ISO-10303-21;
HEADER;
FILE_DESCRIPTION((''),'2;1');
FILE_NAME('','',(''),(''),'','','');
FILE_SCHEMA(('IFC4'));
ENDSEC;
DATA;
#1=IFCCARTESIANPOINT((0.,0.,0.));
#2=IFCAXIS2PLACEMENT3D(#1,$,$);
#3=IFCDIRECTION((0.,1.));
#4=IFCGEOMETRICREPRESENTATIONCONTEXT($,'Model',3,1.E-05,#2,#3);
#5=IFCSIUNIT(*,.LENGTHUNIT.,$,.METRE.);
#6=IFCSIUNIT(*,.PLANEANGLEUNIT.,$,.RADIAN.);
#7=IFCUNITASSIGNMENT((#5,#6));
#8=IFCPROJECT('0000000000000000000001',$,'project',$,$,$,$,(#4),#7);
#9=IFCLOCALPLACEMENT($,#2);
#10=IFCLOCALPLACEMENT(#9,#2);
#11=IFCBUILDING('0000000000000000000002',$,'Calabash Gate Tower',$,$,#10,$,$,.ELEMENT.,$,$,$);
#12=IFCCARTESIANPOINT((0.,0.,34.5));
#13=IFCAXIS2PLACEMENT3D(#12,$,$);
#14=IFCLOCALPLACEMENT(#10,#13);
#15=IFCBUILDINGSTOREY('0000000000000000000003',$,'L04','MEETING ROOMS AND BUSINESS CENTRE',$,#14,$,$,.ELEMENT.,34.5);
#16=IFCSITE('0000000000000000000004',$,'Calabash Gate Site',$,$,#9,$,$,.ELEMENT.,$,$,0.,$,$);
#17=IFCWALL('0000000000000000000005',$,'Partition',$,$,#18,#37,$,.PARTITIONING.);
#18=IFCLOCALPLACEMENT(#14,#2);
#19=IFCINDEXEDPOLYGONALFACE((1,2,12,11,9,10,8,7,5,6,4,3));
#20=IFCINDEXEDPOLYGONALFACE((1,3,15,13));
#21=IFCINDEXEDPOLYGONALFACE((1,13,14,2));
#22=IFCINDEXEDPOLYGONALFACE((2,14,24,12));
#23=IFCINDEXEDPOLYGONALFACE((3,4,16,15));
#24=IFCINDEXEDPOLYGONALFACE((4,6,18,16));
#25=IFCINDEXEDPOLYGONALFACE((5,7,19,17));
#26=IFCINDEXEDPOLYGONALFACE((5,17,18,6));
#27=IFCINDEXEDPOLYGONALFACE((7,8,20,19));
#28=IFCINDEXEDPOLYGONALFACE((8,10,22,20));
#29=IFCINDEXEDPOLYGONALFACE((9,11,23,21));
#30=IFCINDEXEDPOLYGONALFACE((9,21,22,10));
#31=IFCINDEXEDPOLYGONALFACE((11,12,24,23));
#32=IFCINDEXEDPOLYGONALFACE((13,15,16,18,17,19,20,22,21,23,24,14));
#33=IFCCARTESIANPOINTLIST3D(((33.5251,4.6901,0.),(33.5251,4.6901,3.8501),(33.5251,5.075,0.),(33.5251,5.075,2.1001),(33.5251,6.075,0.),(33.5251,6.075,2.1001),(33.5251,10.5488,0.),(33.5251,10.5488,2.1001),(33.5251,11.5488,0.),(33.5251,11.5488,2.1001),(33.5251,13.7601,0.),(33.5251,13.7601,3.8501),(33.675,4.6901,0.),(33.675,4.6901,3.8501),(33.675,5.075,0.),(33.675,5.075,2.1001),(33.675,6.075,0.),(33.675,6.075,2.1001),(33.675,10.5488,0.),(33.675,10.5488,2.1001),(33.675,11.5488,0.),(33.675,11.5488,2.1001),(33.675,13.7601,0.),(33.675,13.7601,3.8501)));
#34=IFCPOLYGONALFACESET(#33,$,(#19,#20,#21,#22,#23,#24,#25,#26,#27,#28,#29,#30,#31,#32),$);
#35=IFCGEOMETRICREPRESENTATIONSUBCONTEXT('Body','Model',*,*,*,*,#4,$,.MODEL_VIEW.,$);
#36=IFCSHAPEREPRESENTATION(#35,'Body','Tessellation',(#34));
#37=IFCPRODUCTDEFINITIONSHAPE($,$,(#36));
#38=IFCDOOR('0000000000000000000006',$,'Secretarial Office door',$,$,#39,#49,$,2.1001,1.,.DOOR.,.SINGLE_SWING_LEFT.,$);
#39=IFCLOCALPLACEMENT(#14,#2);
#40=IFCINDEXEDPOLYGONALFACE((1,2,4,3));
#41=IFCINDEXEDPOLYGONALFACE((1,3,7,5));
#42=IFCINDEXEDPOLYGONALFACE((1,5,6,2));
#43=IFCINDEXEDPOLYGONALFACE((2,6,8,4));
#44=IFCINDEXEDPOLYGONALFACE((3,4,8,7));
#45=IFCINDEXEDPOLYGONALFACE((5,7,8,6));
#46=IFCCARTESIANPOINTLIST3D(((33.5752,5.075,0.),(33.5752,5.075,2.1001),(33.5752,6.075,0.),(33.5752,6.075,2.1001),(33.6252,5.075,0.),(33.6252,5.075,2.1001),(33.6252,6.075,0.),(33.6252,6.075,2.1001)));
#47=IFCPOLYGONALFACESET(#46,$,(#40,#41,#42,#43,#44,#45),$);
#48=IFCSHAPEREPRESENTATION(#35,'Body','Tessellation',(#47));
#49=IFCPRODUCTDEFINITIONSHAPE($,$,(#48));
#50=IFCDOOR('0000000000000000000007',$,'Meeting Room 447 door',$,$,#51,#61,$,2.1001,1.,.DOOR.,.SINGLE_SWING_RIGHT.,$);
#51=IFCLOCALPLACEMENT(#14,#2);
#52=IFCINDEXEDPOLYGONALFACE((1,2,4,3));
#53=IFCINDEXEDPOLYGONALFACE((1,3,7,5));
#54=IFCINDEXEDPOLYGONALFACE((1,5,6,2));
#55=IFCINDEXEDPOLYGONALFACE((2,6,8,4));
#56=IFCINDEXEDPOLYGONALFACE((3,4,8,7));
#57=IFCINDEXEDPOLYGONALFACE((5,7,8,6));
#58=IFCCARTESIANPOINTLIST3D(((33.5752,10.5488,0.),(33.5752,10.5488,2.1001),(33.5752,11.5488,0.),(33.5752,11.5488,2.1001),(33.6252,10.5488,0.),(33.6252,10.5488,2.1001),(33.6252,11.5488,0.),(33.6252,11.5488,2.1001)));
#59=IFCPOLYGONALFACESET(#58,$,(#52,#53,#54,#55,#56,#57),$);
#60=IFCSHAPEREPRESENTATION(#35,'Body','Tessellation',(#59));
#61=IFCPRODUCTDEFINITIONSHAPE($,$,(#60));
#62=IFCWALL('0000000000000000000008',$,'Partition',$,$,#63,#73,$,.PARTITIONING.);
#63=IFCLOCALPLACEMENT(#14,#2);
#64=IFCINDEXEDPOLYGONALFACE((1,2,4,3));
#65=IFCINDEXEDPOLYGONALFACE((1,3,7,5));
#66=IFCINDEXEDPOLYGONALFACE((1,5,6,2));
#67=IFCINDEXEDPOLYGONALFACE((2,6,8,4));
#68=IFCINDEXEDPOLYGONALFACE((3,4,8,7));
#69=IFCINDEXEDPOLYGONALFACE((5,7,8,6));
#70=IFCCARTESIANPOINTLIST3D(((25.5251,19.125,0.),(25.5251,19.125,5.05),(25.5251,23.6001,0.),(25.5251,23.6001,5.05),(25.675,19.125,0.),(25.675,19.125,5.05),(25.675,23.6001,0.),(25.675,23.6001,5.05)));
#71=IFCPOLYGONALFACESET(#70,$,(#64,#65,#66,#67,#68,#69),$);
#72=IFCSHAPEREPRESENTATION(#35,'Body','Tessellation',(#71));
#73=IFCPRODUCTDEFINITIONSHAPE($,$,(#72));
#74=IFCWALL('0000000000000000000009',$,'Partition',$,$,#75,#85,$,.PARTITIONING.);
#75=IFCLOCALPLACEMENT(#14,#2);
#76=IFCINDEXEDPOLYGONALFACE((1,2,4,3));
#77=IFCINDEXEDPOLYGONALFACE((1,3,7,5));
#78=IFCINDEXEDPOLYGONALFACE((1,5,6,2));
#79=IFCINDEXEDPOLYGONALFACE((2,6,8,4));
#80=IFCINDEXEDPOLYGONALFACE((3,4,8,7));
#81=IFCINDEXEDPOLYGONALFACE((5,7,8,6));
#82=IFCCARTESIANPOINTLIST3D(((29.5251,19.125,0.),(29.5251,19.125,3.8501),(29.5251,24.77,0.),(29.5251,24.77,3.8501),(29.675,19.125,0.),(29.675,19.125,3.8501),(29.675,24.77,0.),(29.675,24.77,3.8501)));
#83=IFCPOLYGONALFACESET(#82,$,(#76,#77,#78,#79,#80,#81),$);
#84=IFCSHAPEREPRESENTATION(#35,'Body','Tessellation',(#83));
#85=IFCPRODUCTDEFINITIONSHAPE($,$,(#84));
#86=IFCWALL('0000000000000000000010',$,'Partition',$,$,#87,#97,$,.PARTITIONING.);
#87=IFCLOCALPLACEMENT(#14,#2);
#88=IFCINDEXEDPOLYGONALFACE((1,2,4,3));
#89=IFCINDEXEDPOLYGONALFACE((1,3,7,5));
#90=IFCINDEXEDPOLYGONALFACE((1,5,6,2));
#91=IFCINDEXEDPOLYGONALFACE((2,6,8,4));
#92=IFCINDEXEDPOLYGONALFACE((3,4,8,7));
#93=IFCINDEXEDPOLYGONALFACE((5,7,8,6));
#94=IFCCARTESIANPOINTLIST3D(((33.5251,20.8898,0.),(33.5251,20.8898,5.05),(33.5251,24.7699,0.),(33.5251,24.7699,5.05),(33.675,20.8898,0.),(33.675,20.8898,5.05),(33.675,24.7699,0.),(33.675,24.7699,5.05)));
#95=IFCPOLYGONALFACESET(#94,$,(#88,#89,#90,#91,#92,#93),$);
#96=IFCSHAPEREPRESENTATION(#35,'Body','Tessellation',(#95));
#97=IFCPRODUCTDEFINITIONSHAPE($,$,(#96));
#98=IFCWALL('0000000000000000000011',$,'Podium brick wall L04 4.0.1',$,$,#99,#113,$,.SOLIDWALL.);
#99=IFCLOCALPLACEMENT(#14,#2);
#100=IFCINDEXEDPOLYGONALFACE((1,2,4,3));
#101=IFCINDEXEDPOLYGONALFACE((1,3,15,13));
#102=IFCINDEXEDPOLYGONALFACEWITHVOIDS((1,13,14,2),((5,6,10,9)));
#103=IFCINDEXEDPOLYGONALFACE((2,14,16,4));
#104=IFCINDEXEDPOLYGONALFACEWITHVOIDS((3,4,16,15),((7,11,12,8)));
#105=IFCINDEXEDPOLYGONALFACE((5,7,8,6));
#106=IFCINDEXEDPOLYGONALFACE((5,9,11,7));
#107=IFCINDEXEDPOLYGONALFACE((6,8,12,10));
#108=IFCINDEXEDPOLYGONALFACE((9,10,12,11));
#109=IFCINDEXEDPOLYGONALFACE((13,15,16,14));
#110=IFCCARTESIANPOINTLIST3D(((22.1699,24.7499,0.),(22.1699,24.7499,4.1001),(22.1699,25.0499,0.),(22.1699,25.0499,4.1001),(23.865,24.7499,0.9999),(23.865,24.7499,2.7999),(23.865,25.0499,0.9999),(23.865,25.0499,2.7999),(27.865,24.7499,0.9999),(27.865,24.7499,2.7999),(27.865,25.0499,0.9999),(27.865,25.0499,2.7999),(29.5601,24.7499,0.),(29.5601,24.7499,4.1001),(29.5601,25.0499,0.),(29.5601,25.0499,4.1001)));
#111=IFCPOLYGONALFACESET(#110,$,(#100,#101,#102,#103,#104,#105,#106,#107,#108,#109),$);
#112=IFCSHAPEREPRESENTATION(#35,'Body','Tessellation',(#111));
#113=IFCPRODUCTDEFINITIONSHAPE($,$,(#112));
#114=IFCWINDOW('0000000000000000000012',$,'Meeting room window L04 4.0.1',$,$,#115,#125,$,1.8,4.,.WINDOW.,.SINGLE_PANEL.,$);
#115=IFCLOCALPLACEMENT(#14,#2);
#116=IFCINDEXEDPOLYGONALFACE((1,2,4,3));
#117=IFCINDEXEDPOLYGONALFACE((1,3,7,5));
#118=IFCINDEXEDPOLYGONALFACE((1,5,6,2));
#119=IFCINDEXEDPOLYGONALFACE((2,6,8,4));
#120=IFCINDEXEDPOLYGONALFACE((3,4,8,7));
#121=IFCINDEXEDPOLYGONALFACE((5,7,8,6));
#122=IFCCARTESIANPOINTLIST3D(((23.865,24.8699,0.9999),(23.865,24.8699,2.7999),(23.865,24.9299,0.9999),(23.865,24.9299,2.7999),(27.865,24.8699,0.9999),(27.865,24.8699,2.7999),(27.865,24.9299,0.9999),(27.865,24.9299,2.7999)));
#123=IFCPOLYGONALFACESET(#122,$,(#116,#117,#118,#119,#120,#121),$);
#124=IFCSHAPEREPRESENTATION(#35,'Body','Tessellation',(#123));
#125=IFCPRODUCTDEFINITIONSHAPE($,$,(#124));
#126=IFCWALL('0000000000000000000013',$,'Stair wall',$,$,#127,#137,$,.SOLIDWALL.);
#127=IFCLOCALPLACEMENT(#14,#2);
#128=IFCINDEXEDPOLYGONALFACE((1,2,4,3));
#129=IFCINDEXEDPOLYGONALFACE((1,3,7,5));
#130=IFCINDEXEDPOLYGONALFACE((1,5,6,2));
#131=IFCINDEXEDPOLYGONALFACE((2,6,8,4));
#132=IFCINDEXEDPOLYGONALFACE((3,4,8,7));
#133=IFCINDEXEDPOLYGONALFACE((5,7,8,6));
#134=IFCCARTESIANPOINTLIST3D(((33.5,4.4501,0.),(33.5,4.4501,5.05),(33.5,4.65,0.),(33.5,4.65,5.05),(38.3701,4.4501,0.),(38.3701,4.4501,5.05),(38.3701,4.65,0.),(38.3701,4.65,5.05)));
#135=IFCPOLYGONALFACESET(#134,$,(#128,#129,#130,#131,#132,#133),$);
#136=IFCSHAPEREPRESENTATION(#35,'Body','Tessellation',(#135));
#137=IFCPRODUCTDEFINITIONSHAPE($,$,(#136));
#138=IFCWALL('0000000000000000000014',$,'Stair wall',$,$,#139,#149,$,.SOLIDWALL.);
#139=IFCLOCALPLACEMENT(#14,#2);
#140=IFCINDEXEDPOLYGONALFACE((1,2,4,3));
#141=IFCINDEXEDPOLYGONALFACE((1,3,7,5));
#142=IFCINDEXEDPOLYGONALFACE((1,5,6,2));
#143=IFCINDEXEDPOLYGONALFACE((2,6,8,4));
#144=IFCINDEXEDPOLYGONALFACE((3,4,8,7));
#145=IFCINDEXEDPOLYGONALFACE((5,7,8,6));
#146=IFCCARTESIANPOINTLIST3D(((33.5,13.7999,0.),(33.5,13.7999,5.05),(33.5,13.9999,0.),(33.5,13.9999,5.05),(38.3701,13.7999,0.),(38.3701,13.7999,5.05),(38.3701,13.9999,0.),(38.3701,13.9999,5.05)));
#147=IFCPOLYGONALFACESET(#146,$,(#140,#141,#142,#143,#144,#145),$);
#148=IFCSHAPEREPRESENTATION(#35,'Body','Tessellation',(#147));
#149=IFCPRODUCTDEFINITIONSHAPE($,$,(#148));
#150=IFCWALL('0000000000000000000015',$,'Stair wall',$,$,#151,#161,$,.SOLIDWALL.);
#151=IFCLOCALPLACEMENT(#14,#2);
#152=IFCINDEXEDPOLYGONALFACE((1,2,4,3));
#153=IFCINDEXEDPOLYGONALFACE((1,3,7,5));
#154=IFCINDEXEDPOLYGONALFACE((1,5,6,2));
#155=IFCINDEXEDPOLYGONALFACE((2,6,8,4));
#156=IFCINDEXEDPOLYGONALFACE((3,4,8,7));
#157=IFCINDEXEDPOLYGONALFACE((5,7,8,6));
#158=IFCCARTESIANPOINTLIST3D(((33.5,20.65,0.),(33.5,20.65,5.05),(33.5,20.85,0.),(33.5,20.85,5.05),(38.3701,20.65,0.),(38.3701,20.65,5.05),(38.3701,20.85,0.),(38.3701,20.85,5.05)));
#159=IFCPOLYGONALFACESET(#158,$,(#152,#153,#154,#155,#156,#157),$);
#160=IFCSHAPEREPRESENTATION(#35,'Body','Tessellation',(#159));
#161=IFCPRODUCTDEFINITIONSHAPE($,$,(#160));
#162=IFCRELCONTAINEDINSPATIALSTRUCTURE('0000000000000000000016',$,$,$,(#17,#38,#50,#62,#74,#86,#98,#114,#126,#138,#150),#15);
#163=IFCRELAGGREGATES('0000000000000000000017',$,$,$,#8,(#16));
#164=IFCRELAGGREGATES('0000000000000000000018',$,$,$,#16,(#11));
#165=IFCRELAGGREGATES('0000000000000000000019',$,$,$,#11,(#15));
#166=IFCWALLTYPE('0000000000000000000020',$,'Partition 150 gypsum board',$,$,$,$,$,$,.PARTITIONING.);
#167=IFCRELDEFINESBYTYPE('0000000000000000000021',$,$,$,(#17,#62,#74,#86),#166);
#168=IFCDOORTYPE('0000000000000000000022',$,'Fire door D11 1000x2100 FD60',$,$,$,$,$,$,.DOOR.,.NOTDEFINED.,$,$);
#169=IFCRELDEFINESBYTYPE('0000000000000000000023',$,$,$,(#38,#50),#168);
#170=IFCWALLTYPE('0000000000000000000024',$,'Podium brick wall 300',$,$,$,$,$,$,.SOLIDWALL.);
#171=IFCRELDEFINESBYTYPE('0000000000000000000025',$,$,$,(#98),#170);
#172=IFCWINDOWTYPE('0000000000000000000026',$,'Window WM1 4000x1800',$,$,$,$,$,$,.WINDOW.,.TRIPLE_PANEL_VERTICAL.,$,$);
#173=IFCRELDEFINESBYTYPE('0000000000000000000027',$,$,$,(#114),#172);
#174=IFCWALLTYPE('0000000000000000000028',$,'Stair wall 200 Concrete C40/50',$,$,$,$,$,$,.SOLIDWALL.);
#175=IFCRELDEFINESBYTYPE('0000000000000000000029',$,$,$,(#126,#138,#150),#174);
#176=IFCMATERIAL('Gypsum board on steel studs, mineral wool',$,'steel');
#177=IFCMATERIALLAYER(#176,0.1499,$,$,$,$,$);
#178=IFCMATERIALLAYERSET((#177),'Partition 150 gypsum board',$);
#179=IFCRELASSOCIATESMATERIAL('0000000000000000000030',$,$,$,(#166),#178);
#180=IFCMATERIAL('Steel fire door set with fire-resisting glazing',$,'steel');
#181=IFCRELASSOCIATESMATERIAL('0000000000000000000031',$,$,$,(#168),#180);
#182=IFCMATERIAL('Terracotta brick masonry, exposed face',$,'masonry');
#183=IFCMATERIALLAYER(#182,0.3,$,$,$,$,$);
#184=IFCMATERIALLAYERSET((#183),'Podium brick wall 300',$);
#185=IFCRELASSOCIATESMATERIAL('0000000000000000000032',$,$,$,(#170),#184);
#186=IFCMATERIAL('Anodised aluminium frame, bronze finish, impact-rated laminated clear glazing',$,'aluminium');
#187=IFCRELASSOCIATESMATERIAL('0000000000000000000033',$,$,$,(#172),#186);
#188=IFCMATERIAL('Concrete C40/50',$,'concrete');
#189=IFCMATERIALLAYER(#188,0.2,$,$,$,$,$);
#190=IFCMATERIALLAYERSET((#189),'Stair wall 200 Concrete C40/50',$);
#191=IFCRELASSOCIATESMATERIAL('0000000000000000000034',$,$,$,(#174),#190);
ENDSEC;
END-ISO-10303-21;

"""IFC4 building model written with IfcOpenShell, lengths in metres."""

from ifc_helpers import new_model, si_unit, direction, frame, frame_2d, origin, place, context, subcontext, project, spatial, rectangle, extrude, material, layer, layer_set, type_object, element, fill, save


model = new_model("IFC4")

# Units and contexts
model_context = context("Model", 3, precision=1e-05, world=origin(), true_north=direction((0.0, 1.0)))
body_context = subcontext(model_context, "Body", "Model", "MODEL_VIEW")
ifc_project = project(units=[si_unit("LENGTHUNIT", "METRE"), si_unit("PLANEANGLEUNIT", "RADIAN")], contexts=[model_context])

# Site, building, storey
site_placement = place(None, origin())
site = spatial("IfcSite", under=ifc_project, at=site_placement, Name="Calabash Gate Site", CompositionType="ELEMENT", RefElevation=0.0)
building_placement = place(site_placement, origin())
building = spatial("IfcBuilding", under=site, at=building_placement, Name="Calabash Gate Tower", CompositionType="ELEMENT")
storey_placement = place(building_placement, frame((0.0, 0.0, 34.5)))
storey = spatial("IfcBuildingStorey", under=building, at=storey_placement, Name="L04", Description="MEETING ROOMS AND BUSINESS CENTRE", CompositionType="ELEMENT", Elevation=34.5)

# Wall, openings, doors
ifc_material_1 = material(Name="Gypsum board on steel studs, mineral wool", Category="steel")
ifc_layer_1 = layer(ifc_material_1, 0.1499)
ifc_layer_set_1 = layer_set([ifc_layer_1], Name="Partition 150 gypsum board")
wall_type_1 = type_object("IfcWallType", Name="Partition 150 gypsum board", PredefinedType="PARTITIONING", material=ifc_layer_set_1)
wall_1_placement = place(storey_placement, frame((33.6001, 4.6899, 0.0), z_axis=(0.0, 0.0, 1.0), x_axis=(0.0, 1.0, 0.0)))
wall_1 = element("IfcWall", 1, at=wall_1_placement, inside=storey, type_object=wall_type_1, Name="Partition", PredefinedType="PARTITIONING", context=body_context, shape_type="SweptSolid", body=[
    extrude(rectangle(XDim=9.0701, YDim=0.1499, at=frame_2d((4.5352, 0.0))), origin(), (0.0, 0.0, 1.0), 3.8501),
])
opening_1_placement = place(wall_1_placement, frame((0.385, 0.0, 0.0)))
opening_1 = element("IfcOpeningElement", 2, at=opening_1_placement, cuts=wall_1, PredefinedType="OPENING", context=body_context, shape_type="SweptSolid", body=[
    extrude(rectangle(XDim=1.0, YDim=2.1001, at=frame_2d((0.5, 1.05))), frame((0.0, 0.085, 0.0), z_axis=(0.0, -1.0, 0.0), x_axis=(1.0, 0.0, 0.0)), (0.0, 0.0, 1.0), 0.1699),
])
opening_2_placement = place(wall_1_placement, frame((5.8589, 0.0, 0.0)))
opening_2 = element("IfcOpeningElement", 3, at=opening_2_placement, cuts=wall_1, PredefinedType="OPENING", context=body_context, shape_type="SweptSolid", body=[
    extrude(rectangle(XDim=1.0, YDim=2.1001, at=frame_2d((0.5, 1.05))), frame((0.0, 0.085, 0.0), z_axis=(0.0, -1.0, 0.0), x_axis=(1.0, 0.0, 0.0)), (0.0, 0.0, 1.0), 0.1699),
])
ifc_material_2 = material(Name="Steel fire door set with fire-resisting glazing", Category="steel")
door_type_1 = type_object("IfcDoorType", Name="Fire door D11 1000x2100 FD60", OperationType="NOTDEFINED", PredefinedType="DOOR", material=ifc_material_2)
door_1_placement = place(opening_1_placement, origin())
door_1 = element("IfcDoor", 4, at=door_1_placement, inside=storey, type_object=door_type_1, Name="Secretarial Office door", OperationType="SINGLE_SWING_LEFT", OverallHeight=2.1001, OverallWidth=1.0, PredefinedType="DOOR", context=body_context, shape_type="SweptSolid", body=[
    extrude(rectangle(XDim=1.0, YDim=2.1001, at=frame_2d((0.5, 1.05))), frame((0.0, 0.0249, 0.0), z_axis=(0.0, -1.0, 0.0), x_axis=(1.0, 0.0, 0.0)), (0.0, 0.0, 1.0), 0.05),
])
fill(opening_1, door_1)
door_2_placement = place(opening_2_placement, origin())
door_2 = element("IfcDoor", 5, at=door_2_placement, inside=storey, type_object=door_type_1, Name="Meeting Room 447 door", OperationType="SINGLE_SWING_RIGHT", OverallHeight=2.1001, OverallWidth=1.0, PredefinedType="DOOR", context=body_context, shape_type="SweptSolid", body=[
    extrude(rectangle(XDim=1.0, YDim=2.1001, at=frame_2d((0.5, 1.05))), frame((0.0, 0.0249, 0.0), z_axis=(0.0, -1.0, 0.0), x_axis=(1.0, 0.0, 0.0)), (0.0, 0.0, 1.0), 0.05),
])
fill(opening_2, door_2)

# Walls
wall_2_placement = place(storey_placement, frame((25.6001, 19.125, 0.0), z_axis=(0.0, 0.0, 1.0), x_axis=(0.0, 1.0, 0.0)))
element("IfcWall", 6, at=wall_2_placement, inside=storey, type_object=wall_type_1, Name="Partition", PredefinedType="PARTITIONING", context=body_context, shape_type="SweptSolid", body=[
    extrude(rectangle(XDim=4.4751, YDim=0.1499, at=frame_2d((2.2375, 0.0))), origin(), (0.0, 0.0, 1.0), 5.05),
])
wall_3_placement = place(storey_placement, frame((29.6001, 19.125, 0.0), z_axis=(0.0, 0.0, 1.0), x_axis=(0.0, 1.0, 0.0)))
element("IfcWall", 7, at=wall_3_placement, inside=storey, type_object=wall_type_1, Name="Partition", PredefinedType="PARTITIONING", context=body_context, shape_type="SweptSolid", body=[
    extrude(rectangle(XDim=5.645, YDim=0.1499, at=frame_2d((2.8225, 0.0))), origin(), (0.0, 0.0, 1.0), 3.8501),
])
wall_4_placement = place(storey_placement, frame((33.6001, 20.8899, 0.0), z_axis=(0.0, 0.0, 1.0), x_axis=(0.0, 1.0, 0.0)))
element("IfcWall", 8, at=wall_4_placement, inside=storey, type_object=wall_type_1, Name="Partition", PredefinedType="PARTITIONING", context=body_context, shape_type="SweptSolid", body=[
    extrude(rectangle(XDim=3.8801, YDim=0.1499, at=frame_2d((1.9399, 0.0))), origin(), (0.0, 0.0, 1.0), 5.05),
])

# Wall, opening, window
ifc_material_3 = material(Name="Terracotta brick masonry, exposed face", Category="masonry")
ifc_layer_2 = layer(ifc_material_3, 0.3)
ifc_layer_set_2 = layer_set([ifc_layer_2], Name="Podium brick wall 300")
wall_type_2 = type_object("IfcWallType", Name="Podium brick wall 300", PredefinedType="SOLIDWALL", material=ifc_layer_set_2)
wall_5_placement = place(storey_placement, frame((29.5601, 24.8999, 0.0), z_axis=(0.0, 0.0, 1.0), x_axis=(-1.0, 0.0, 0.0)))
wall_5 = element("IfcWall", 9, at=wall_5_placement, inside=storey, type_object=wall_type_2, Name="Podium brick wall L04 4.0.1", PredefinedType="SOLIDWALL", context=body_context, shape_type="SweptSolid", body=[
    extrude(rectangle(XDim=7.3901, YDim=0.3, at=frame_2d((3.6951, 0.0))), origin(), (0.0, 0.0, 1.0), 4.1001),
])
opening_3_placement = place(wall_5_placement, frame((1.6951, 0.0, 1.0)))
opening_3 = element("IfcOpeningElement", 10, at=opening_3_placement, cuts=wall_5, PredefinedType="OPENING", context=body_context, shape_type="SweptSolid", body=[
    extrude(rectangle(XDim=4.0, YDim=1.8, at=frame_2d((2.0, 0.8999))), frame((0.0, 0.1599, 0.0), z_axis=(0.0, -1.0, 0.0), x_axis=(1.0, 0.0, 0.0)), (0.0, 0.0, 1.0), 0.3201),
])
ifc_material_4 = material(Name="Anodised aluminium frame, bronze finish, impact-rated laminated clear glazing", Category="aluminium")
window_type = type_object("IfcWindowType", Name="Window WM1 4000x1800", PartitioningType="TRIPLE_PANEL_VERTICAL", PredefinedType="WINDOW", material=ifc_material_4)
window_placement = place(opening_3_placement, origin())
window = element("IfcWindow", 11, at=window_placement, inside=storey, type_object=window_type, Name="Meeting room window L04 4.0.1", OverallHeight=1.8, OverallWidth=4.0, PartitioningType="SINGLE_PANEL", PredefinedType="WINDOW", context=body_context, shape_type="SweptSolid", body=[
    extrude(rectangle(XDim=4.0, YDim=1.8, at=frame_2d((2.0, 0.8999))), frame((0.0, 0.03, 0.0), z_axis=(0.0, -1.0, 0.0), x_axis=(1.0, 0.0, 0.0)), (0.0, 0.0, 1.0), 0.0601),
])
fill(opening_3, window)

# Walls
ifc_material_5 = material(Name="Concrete C40/50", Category="concrete")
ifc_layer_3 = layer(ifc_material_5, 0.2)
ifc_layer_set_3 = layer_set([ifc_layer_3], Name="Stair wall 200 Concrete C40/50")
wall_type_3 = type_object("IfcWallType", Name="Stair wall 200 Concrete C40/50", PredefinedType="SOLIDWALL", material=ifc_layer_set_3)
for number, where, z_axis, x_axis, name in (
    (12, (33.5, 4.55, 0.0), (0.0, 0.0, 1.0), (1.0, 0.0, 0.0), "Stair wall"),
    (13, (33.5, 13.8999, 0.0), (0.0, 0.0, 1.0), (1.0, 0.0, 0.0), "Stair wall"),
    (14, (33.5, 20.75, 0.0), (0.0, 0.0, 1.0), (1.0, 0.0, 0.0), "Stair wall"),
):
    element("IfcWall", number, at=place(storey_placement, frame(where, z_axis=z_axis, x_axis=x_axis)), inside=storey, type_object=wall_type_3, Name=name, PredefinedType="SOLIDWALL", context=body_context, shape_type="SweptSolid", body=[
        extrude(rectangle(XDim=4.8701, YDim=0.2, at=frame_2d((2.4351, 0.0))), origin(), (0.0, 0.0, 1.0), 5.05),
    ])

save(model, "model.ifc")
